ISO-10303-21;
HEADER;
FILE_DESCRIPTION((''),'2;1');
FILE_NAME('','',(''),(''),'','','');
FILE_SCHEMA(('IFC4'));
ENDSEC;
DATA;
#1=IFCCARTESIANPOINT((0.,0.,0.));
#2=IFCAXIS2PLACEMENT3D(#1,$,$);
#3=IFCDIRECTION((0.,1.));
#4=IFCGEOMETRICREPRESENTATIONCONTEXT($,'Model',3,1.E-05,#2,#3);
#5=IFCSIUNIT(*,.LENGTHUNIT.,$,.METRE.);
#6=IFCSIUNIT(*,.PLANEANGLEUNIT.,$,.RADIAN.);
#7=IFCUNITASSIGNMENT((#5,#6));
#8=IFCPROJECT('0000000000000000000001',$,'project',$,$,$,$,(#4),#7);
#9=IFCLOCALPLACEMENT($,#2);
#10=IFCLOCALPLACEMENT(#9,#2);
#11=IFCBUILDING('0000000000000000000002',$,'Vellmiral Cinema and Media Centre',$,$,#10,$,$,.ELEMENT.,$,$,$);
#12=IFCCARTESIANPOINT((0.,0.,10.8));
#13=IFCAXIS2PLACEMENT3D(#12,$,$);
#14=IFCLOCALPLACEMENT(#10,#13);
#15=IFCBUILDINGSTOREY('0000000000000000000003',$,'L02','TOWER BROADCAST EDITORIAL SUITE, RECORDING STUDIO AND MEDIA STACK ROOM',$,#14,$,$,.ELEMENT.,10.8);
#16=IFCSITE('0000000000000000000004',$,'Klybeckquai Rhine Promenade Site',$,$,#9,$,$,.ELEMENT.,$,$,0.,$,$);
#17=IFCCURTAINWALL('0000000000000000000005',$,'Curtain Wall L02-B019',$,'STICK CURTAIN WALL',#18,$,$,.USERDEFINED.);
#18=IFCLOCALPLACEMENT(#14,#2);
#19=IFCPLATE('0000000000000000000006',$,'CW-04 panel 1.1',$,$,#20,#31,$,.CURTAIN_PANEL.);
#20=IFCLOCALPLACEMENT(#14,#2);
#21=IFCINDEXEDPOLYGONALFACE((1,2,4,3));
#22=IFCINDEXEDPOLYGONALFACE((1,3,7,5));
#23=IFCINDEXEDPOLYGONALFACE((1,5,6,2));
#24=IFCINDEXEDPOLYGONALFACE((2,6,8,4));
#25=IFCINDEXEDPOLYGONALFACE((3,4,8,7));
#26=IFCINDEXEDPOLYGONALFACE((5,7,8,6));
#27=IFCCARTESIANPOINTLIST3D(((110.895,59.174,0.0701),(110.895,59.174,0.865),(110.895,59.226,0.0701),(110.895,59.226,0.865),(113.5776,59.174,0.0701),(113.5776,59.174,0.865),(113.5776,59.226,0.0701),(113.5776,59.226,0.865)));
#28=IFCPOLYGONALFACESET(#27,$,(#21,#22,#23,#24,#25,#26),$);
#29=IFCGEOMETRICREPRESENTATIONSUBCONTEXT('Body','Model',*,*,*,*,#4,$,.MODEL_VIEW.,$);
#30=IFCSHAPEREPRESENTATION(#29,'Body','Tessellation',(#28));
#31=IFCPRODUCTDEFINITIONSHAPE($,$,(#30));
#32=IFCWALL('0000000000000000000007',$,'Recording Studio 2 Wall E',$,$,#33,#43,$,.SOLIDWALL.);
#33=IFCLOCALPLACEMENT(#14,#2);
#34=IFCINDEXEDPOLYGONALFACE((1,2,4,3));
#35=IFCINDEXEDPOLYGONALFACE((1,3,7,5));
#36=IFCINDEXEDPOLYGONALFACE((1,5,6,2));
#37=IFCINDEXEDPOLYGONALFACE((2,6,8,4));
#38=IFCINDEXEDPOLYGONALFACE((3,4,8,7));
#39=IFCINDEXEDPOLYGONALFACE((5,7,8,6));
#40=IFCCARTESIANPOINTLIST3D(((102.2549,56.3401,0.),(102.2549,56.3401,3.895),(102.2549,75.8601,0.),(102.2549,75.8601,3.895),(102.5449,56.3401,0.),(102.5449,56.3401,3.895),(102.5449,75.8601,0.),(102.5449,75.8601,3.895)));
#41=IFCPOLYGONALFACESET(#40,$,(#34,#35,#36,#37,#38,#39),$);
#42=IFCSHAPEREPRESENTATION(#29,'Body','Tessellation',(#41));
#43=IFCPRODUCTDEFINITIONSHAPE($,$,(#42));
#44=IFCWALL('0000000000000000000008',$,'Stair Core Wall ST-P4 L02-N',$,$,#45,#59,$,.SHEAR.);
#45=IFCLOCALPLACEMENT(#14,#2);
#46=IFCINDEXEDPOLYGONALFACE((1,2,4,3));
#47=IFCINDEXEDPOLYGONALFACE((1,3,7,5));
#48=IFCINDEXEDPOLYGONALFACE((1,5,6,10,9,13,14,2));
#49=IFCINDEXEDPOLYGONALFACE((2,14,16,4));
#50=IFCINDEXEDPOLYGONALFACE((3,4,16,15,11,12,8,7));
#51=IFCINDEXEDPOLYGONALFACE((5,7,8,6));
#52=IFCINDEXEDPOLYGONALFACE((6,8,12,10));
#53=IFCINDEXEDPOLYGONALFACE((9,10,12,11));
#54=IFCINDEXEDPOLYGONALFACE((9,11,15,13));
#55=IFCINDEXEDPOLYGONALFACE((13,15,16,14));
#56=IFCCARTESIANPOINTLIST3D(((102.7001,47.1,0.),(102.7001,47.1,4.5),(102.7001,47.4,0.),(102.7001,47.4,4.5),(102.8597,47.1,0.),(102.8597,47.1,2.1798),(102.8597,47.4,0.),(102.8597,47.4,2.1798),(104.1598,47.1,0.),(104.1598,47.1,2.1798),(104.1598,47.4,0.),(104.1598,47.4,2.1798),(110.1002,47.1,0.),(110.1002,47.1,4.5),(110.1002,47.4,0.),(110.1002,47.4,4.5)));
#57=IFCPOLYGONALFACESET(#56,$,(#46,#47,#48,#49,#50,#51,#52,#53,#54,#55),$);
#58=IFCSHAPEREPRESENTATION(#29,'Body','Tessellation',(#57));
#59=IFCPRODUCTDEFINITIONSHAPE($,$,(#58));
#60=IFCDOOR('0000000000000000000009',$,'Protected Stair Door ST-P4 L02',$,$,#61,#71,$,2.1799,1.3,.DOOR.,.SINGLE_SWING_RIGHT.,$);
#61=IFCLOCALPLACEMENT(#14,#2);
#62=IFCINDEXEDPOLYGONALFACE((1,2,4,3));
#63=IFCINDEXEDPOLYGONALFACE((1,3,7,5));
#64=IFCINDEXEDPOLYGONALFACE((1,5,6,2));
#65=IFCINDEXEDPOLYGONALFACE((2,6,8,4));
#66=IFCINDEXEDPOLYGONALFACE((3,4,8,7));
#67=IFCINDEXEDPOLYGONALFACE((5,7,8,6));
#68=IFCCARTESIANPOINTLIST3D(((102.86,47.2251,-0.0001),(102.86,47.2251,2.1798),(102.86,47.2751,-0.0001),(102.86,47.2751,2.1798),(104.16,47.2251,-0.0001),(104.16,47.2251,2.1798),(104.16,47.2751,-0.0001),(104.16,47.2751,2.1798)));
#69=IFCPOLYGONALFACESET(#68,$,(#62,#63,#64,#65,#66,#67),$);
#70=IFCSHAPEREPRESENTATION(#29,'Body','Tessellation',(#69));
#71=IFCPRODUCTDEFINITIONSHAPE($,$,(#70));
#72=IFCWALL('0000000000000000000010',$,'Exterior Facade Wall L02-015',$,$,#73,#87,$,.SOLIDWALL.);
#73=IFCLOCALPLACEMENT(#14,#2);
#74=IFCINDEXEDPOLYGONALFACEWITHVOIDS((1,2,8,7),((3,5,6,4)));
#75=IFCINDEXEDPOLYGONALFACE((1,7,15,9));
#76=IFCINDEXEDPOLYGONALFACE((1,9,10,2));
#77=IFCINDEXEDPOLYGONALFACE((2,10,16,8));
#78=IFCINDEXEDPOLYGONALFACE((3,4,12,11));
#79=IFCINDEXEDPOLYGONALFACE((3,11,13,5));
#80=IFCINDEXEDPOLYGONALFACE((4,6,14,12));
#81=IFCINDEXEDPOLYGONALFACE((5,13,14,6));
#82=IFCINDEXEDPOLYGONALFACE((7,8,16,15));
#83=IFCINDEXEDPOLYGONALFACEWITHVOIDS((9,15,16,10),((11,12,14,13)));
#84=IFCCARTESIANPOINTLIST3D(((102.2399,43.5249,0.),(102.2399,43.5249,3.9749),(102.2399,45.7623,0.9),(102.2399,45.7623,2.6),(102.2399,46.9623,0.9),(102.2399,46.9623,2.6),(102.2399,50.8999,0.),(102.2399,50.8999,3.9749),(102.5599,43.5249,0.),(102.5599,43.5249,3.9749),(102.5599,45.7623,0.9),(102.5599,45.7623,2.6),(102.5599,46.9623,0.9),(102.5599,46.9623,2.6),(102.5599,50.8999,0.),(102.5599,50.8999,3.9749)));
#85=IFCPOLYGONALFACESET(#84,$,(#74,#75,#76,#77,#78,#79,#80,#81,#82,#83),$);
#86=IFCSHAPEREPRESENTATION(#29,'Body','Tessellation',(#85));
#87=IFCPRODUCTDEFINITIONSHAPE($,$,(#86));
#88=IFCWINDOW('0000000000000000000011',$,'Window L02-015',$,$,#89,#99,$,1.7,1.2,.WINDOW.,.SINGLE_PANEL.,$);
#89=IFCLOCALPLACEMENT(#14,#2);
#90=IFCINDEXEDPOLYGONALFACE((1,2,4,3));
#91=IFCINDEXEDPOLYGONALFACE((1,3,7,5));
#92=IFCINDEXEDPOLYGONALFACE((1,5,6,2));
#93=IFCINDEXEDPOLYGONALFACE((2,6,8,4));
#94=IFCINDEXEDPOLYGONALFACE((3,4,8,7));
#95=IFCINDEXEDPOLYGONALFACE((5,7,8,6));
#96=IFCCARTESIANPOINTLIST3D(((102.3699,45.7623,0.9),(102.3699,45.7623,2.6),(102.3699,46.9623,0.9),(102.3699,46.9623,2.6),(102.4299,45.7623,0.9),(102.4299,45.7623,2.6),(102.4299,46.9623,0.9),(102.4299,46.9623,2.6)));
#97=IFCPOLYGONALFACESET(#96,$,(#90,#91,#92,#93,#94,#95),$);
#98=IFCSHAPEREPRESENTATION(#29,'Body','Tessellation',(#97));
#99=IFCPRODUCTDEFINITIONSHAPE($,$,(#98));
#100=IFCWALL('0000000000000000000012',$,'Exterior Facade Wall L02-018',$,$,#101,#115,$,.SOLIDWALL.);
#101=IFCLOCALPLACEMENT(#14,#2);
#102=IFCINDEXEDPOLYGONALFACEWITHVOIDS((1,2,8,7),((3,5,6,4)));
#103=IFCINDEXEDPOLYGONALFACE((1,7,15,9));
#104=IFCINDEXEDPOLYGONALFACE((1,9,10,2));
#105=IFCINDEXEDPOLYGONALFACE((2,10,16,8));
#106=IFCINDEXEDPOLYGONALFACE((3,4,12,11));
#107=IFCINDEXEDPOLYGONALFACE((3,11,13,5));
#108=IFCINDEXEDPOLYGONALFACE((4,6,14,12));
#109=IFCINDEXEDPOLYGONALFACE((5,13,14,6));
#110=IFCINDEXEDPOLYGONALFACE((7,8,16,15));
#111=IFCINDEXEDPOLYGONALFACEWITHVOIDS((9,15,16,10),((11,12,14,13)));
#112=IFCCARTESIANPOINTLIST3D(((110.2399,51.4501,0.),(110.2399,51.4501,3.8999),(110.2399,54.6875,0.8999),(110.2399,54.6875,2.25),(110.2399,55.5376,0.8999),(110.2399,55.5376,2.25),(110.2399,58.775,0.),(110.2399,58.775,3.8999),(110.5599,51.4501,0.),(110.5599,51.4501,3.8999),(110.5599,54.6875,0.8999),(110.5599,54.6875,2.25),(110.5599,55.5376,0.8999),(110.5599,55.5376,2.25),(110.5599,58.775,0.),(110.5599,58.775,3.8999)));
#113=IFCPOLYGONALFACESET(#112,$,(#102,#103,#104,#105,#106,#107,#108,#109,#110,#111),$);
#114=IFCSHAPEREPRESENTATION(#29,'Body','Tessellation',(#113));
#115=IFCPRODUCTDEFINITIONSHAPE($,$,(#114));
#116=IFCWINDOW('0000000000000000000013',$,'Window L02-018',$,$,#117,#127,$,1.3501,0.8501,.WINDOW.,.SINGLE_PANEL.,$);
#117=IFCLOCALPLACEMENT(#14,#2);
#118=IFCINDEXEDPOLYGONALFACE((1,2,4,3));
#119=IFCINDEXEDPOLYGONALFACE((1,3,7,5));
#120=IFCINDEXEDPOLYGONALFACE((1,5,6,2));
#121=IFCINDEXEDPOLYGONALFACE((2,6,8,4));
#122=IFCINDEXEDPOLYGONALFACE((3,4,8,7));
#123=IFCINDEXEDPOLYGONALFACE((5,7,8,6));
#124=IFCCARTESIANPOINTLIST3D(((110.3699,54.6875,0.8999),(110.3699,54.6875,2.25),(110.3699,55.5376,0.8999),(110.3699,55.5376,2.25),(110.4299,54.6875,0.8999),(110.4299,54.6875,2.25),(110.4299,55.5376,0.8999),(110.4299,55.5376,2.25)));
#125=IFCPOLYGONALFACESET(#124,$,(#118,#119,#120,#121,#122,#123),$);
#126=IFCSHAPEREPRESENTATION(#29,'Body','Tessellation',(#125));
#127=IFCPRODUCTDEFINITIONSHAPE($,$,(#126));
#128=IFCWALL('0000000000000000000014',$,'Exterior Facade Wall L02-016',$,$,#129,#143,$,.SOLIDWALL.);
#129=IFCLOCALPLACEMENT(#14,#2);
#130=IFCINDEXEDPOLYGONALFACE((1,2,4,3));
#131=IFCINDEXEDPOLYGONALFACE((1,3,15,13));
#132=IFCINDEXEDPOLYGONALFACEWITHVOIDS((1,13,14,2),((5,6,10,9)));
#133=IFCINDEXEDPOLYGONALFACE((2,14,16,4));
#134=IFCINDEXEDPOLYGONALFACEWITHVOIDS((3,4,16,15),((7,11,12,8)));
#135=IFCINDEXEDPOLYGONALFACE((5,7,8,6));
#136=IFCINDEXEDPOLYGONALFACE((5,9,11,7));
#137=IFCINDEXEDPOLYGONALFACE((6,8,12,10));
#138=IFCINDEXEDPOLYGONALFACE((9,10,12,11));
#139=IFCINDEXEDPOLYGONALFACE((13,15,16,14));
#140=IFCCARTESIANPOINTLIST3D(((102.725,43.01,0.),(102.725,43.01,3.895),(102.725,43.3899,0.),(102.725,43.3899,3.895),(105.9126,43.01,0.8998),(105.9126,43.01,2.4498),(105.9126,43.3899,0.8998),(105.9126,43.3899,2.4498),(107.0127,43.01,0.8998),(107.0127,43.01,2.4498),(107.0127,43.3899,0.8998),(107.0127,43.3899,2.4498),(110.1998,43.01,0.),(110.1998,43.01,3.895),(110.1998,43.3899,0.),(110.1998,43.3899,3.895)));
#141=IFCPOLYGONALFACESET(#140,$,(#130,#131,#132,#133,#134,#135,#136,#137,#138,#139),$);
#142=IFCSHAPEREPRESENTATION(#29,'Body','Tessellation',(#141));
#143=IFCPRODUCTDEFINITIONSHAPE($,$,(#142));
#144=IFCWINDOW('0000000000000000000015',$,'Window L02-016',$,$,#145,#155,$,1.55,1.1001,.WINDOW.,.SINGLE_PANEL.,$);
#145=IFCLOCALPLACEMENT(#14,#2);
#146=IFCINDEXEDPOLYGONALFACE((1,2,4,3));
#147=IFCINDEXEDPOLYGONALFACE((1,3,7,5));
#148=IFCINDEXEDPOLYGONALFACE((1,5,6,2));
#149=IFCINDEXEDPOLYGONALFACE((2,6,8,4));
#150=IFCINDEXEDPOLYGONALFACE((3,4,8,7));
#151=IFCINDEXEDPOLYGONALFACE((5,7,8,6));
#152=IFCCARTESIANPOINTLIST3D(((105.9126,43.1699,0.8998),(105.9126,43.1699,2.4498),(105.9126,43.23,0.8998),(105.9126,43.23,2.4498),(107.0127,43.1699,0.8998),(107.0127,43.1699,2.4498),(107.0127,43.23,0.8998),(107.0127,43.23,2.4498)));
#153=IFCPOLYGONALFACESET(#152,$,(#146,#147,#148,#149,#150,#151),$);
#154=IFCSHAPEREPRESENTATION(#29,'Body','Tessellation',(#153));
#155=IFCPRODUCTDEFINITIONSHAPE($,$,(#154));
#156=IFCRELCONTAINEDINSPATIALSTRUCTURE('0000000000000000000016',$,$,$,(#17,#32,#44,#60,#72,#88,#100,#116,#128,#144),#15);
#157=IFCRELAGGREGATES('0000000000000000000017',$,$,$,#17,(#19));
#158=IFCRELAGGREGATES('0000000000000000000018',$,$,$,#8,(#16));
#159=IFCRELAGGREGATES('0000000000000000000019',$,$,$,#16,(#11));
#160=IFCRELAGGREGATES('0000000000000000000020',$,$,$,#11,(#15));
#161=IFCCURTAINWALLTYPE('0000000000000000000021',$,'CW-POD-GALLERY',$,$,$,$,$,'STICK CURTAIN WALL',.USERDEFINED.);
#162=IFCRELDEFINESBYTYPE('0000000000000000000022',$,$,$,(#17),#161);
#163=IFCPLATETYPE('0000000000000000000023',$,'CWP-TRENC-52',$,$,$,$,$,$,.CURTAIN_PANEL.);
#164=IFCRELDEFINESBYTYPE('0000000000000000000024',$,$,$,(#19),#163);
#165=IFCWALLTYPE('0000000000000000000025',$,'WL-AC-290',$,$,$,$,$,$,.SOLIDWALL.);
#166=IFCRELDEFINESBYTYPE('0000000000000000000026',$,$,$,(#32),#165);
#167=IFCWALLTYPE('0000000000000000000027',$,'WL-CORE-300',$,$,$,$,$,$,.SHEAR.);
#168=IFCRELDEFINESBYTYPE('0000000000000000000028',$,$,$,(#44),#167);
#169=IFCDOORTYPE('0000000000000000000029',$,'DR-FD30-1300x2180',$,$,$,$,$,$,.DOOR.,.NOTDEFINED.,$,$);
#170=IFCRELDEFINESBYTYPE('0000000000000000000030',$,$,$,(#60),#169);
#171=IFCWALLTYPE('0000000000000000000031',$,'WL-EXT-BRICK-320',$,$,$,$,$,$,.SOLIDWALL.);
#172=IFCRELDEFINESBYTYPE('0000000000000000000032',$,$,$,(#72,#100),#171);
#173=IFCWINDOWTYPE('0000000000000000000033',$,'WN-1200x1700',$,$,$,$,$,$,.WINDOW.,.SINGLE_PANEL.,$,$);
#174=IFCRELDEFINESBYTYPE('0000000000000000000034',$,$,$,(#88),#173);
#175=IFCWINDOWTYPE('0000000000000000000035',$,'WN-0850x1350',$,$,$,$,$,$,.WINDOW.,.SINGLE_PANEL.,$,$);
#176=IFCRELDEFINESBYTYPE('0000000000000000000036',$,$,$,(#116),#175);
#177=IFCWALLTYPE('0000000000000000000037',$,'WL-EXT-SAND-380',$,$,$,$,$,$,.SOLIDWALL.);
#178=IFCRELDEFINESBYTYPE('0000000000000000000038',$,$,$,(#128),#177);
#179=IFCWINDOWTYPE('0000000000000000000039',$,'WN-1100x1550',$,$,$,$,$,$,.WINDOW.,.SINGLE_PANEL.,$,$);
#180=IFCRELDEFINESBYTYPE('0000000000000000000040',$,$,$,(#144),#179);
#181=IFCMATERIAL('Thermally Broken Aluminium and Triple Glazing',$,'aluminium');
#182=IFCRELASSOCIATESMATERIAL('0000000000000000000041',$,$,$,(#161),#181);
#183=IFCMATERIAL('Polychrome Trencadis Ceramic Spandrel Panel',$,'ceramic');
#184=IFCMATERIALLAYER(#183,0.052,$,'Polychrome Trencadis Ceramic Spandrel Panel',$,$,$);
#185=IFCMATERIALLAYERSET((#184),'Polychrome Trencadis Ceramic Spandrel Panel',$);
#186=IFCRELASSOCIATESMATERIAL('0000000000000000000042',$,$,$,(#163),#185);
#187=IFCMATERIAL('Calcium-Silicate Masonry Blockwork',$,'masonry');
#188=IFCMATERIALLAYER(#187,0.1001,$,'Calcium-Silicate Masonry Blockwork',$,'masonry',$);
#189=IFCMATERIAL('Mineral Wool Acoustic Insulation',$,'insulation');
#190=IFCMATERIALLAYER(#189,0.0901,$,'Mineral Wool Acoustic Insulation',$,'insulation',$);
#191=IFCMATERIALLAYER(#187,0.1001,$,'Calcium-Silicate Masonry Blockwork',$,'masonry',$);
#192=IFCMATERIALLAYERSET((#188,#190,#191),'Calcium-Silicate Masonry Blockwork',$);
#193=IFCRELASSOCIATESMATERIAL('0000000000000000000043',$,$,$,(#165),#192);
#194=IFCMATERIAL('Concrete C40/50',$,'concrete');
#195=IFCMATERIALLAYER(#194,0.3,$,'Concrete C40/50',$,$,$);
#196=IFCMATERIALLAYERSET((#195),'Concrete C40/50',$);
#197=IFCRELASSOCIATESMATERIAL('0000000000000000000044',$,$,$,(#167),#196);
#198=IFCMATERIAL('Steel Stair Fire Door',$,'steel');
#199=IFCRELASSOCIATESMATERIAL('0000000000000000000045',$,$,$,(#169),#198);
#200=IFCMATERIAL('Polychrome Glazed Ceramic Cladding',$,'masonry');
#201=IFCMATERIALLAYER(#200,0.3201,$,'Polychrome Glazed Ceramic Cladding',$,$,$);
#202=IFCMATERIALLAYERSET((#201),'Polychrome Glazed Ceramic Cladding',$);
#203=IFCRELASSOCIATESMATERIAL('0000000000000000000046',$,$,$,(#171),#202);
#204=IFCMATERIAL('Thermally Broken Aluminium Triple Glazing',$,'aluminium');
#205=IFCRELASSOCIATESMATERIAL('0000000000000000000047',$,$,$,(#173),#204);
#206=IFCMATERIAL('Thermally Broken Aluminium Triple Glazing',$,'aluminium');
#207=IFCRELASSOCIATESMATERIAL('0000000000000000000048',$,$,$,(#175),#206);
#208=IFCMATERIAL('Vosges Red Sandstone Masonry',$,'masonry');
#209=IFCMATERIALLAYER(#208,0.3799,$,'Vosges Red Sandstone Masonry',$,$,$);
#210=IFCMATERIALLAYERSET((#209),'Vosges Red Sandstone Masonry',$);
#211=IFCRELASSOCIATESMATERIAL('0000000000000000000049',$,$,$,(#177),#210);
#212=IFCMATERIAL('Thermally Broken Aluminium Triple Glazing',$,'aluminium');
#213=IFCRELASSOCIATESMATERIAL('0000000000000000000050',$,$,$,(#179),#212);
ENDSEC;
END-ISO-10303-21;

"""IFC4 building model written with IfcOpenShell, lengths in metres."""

from ifc_helpers import new_model, si_unit, direction, frame, frame_2d, origin, origin_2d, place, context, subcontext, project, spatial, rectangle, extrude, material, layer, layer_set, type_object, element, fill, aggregate, save


model = new_model("IFC4")

# Units and contexts
model_context = context("Model", 3, precision=1e-05, world=origin(), true_north=direction((0.0, 1.0)))
body_context = subcontext(model_context, "Body", "Model", "MODEL_VIEW")
ifc_project = project(units=[si_unit("LENGTHUNIT", "METRE"), si_unit("PLANEANGLEUNIT", "RADIAN")], contexts=[model_context])

# Site, building, storey
site_placement = place(None, origin())
site = spatial("IfcSite", under=ifc_project, at=site_placement, Name="Klybeckquai Rhine Promenade Site", CompositionType="ELEMENT", RefElevation=0.0)
building_placement = place(site_placement, origin())
building = spatial("IfcBuilding", under=site, at=building_placement, Name="Vellmiral Cinema and Media Centre", CompositionType="ELEMENT")
storey_placement = place(building_placement, frame((0.0, 0.0, 10.8)))
storey = spatial("IfcBuildingStorey", under=building, at=storey_placement, Name="L02", Description="TOWER BROADCAST EDITORIAL SUITE, RECORDING STUDIO AND MEDIA STACK ROOM", CompositionType="ELEMENT", Elevation=10.8)

# Curtain wall
ifc_material_1 = material(Name="Thermally Broken Aluminium and Triple Glazing", Category="aluminium")
curtain_wall_type = type_object("IfcCurtainWallType", Name="CW-POD-GALLERY", ElementType="STICK CURTAIN WALL", PredefinedType="USERDEFINED", material=ifc_material_1)
curtain_wall_placement = place(storey_placement, origin())
curtain_wall = element("IfcCurtainWall", 1, at=curtain_wall_placement, inside=storey, type_object=curtain_wall_type, Name="Curtain Wall L02-B019", ObjectType="STICK CURTAIN WALL", PredefinedType="USERDEFINED")

# Plate
ifc_material_2 = material(Name="Polychrome Trencadis Ceramic Spandrel Panel", Category="ceramic")
ifc_layer_1 = layer(ifc_material_2, 0.052, Name="Polychrome Trencadis Ceramic Spandrel Panel")
ifc_layer_set_1 = layer_set([ifc_layer_1], Name="Polychrome Trencadis Ceramic Spandrel Panel")
plate_type = type_object("IfcPlateType", Name="CWP-TRENC-52", PredefinedType="CURTAIN_PANEL", material=ifc_layer_set_1)
plate_placement = place(storey_placement, frame((112.2363, 59.2, 0.0701), z_axis=(0.0, 0.0, 1.0), x_axis=(1.0, 0.0, 0.0)))
plate = element("IfcPlate", 2, at=plate_placement, type_object=plate_type, Name="CW-04 panel 1.1", PredefinedType="CURTAIN_PANEL", context=body_context, shape_type="SweptSolid", body=[
    extrude(rectangle(XDim=2.6826, YDim=0.052, at=origin_2d()), origin(), (0.0, 0.0, 1.0), 0.7949),
])
aggregate(curtain_wall, [plate])

# Wall
ifc_material_3 = material(Name="Calcium-Silicate Masonry Blockwork", Category="masonry")
ifc_layer_2 = layer(ifc_material_3, 0.1001, Name="Calcium-Silicate Masonry Blockwork", Category="masonry")
ifc_material_4 = material(Name="Mineral Wool Acoustic Insulation", Category="insulation")
ifc_layer_3 = layer(ifc_material_4, 0.0901, Name="Mineral Wool Acoustic Insulation", Category="insulation")
ifc_layer_4 = layer(ifc_material_3, 0.1001, Name="Calcium-Silicate Masonry Blockwork", Category="masonry")
ifc_layer_set_2 = layer_set([ifc_layer_2, ifc_layer_3, ifc_layer_4], Name="Calcium-Silicate Masonry Blockwork")
wall_type_1 = type_object("IfcWallType", Name="WL-AC-290", PredefinedType="SOLIDWALL", material=ifc_layer_set_2)
wall_1_placement = place(storey_placement, frame((102.3999, 56.3401, 0.0), z_axis=(0.0, 0.0, 1.0), x_axis=(0.0, 1.0, 0.0)))
element("IfcWall", 3, at=wall_1_placement, inside=storey, type_object=wall_type_1, Name="Recording Studio 2 Wall E", PredefinedType="SOLIDWALL", context=body_context, shape_type="SweptSolid", body=[
    extrude(rectangle(XDim=19.52, YDim=0.29, at=frame_2d((9.76, 0.0))), origin(), (0.0, 0.0, 1.0), 3.895),
])

# Wall, opening, door
ifc_material_5 = material(Name="Concrete C40/50", Category="concrete")
ifc_layer_5 = layer(ifc_material_5, 0.3, Name="Concrete C40/50")
ifc_layer_set_3 = layer_set([ifc_layer_5], Name="Concrete C40/50")
wall_type_2 = type_object("IfcWallType", Name="WL-CORE-300", PredefinedType="SHEAR", material=ifc_layer_set_3)
wall_2_placement = place(storey_placement, frame((102.7, 47.25, 0.0), z_axis=(0.0, 0.0, 1.0), x_axis=(1.0, 0.0, 0.0)))
wall_2 = element("IfcWall", 4, at=wall_2_placement, inside=storey, type_object=wall_type_2, Name="Stair Core Wall ST-P4 L02-N", PredefinedType="SHEAR", context=body_context, shape_type="SweptSolid", body=[
    extrude(rectangle(XDim=7.4001, YDim=0.3, at=frame_2d((3.7002, 0.0))), origin(), (0.0, 0.0, 1.0), 4.5),
])
opening_1_placement = place(wall_2_placement, frame((0.1599, 0.0, 0.0)))
opening_1 = element("IfcOpeningElement", 5, at=opening_1_placement, cuts=wall_2, PredefinedType="OPENING", context=body_context, shape_type="SweptSolid", body=[
    extrude(rectangle(XDim=1.3, YDim=2.1799, at=frame_2d((0.6499, 1.0898))), frame((0.0, 0.1621, 0.0), z_axis=(0.0, -1.0, 0.0), x_axis=(1.0, 0.0, 0.0)), (0.0, 0.0, 1.0), 0.324),
])
ifc_material_6 = material(Name="Steel Stair Fire Door", Category="steel")
door_type_1 = type_object("IfcDoorType", Name="DR-FD30-1300x2180", OperationType="NOTDEFINED", PredefinedType="DOOR", material=ifc_material_6)
door_1_placement = place(opening_1_placement, frame((1.3, 0.0, 0.0), z_axis=(0.0, 0.0, 1.0), x_axis=(-1.0, 0.0, 0.0)))
door_1 = element("IfcDoor", 6, at=door_1_placement, inside=storey, type_object=door_type_1, Name="Protected Stair Door ST-P4 L02", OperationType="SINGLE_SWING_RIGHT", OverallHeight=2.1799, OverallWidth=1.3, PredefinedType="DOOR", context=body_context, shape_type="SweptSolid", body=[
    extrude(rectangle(XDim=1.3, YDim=2.1799, at=frame_2d((0.6499, 1.0898))), frame((0.0, 0.0249, 0.0), z_axis=(0.0, -1.0, 0.0), x_axis=(1.0, 0.0, 0.0)), (0.0, 0.0, 1.0), 0.05),
])
fill(opening_1, door_1)

# Walls, openings, windows
ifc_material_7 = material(Name="Polychrome Glazed Ceramic Cladding", Category="masonry")
ifc_layer_6 = layer(ifc_material_7, 0.3201, Name="Polychrome Glazed Ceramic Cladding")
ifc_layer_set_4 = layer_set([ifc_layer_6], Name="Polychrome Glazed Ceramic Cladding")
wall_type_3 = type_object("IfcWallType", Name="WL-EXT-BRICK-320", PredefinedType="SOLIDWALL", material=ifc_layer_set_4)
wall_3_placement = place(storey_placement, frame((102.3999, 50.8999, 0.0), z_axis=(0.0, 0.0, 1.0), x_axis=(0.0, -1.0, 0.0)))
wall_3 = element("IfcWall", 7, at=wall_3_placement, inside=storey, type_object=wall_type_3, Name="Exterior Facade Wall L02-015", PredefinedType="SOLIDWALL", context=body_context, shape_type="SweptSolid", body=[
    extrude(rectangle(XDim=7.375, YDim=0.3201, at=frame_2d((3.6875, 0.0))), origin(), (0.0, 0.0, 1.0), 3.9749),
])
opening_2_placement = place(wall_3_placement, frame((3.9375, 0.0, 0.8999)))
opening_2 = element("IfcOpeningElement", 8, at=opening_2_placement, cuts=wall_3, PredefinedType="OPENING", context=body_context, shape_type="SweptSolid", body=[
    extrude(rectangle(XDim=1.2, YDim=1.7, at=frame_2d((0.6001, 0.8501))), frame((0.0, 0.1719, 0.0), z_axis=(0.0, -1.0, 0.0), x_axis=(1.0, 0.0, 0.0)), (0.0, 0.0, 1.0), 0.344),
])
ifc_material_8 = material(Name="Thermally Broken Aluminium Triple Glazing", Category="aluminium")
window_type_1 = type_object("IfcWindowType", Name="WN-1200x1700", PartitioningType="SINGLE_PANEL", PredefinedType="WINDOW", material=ifc_material_8)
window_1_placement = place(opening_2_placement, origin())
window_1 = element("IfcWindow", 9, at=window_1_placement, inside=storey, type_object=window_type_1, Name="Window L02-015", OverallHeight=1.7, OverallWidth=1.2, PartitioningType="SINGLE_PANEL", PredefinedType="WINDOW", context=body_context, shape_type="SweptSolid", body=[
    extrude(rectangle(XDim=1.2, YDim=1.7, at=frame_2d((0.6001, 0.8501))), frame((0.0, 0.03, 0.0), z_axis=(0.0, -1.0, 0.0), x_axis=(1.0, 0.0, 0.0)), (0.0, 0.0, 1.0), 0.0601),
])
fill(opening_2, window_1)
wall_4_placement = place(storey_placement, frame((110.3999, 51.45, 0.0), z_axis=(0.0, 0.0, 1.0), x_axis=(0.0, 1.0, 0.0)))
wall_4 = element("IfcWall", 10, at=wall_4_placement, inside=storey, type_object=wall_type_3, Name="Exterior Facade Wall L02-018", PredefinedType="SOLIDWALL", context=body_context, shape_type="SweptSolid", body=[
    extrude(rectangle(XDim=7.325, YDim=0.3201, at=frame_2d((3.6626, 0.0))), origin(), (0.0, 0.0, 1.0), 3.8999),
])
opening_3_placement = place(wall_4_placement, frame((3.2375, 0.0, 0.8999)))
opening_3 = element("IfcOpeningElement", 11, at=opening_3_placement, cuts=wall_4, PredefinedType="OPENING", context=body_context, shape_type="SweptSolid", body=[
    extrude(rectangle(XDim=0.8501, YDim=1.3501, at=frame_2d((0.425, 0.675))), frame((0.0, 0.1719, 0.0), z_axis=(0.0, -1.0, 0.0), x_axis=(1.0, 0.0, 0.0)), (0.0, 0.0, 1.0), 0.344),
])
ifc_material_9 = material(Name="Thermally Broken Aluminium Triple Glazing", Category="aluminium")
window_type_2 = type_object("IfcWindowType", Name="WN-0850x1350", PartitioningType="SINGLE_PANEL", PredefinedType="WINDOW", material=ifc_material_9)
window_2_placement = place(opening_3_placement, origin())
window_2 = element("IfcWindow", 12, at=window_2_placement, inside=storey, type_object=window_type_2, Name="Window L02-018", OverallHeight=1.3501, OverallWidth=0.8501, PartitioningType="SINGLE_PANEL", PredefinedType="WINDOW", context=body_context, shape_type="SweptSolid", body=[
    extrude(rectangle(XDim=0.8501, YDim=1.3501, at=frame_2d((0.425, 0.675))), frame((0.0, 0.03, 0.0), z_axis=(0.0, -1.0, 0.0), x_axis=(1.0, 0.0, 0.0)), (0.0, 0.0, 1.0), 0.0601),
])
fill(opening_3, window_2)
ifc_material_10 = material(Name="Vosges Red Sandstone Masonry", Category="masonry")
ifc_layer_7 = layer(ifc_material_10, 0.3799, Name="Vosges Red Sandstone Masonry")
ifc_layer_set_5 = layer_set([ifc_layer_7], Name="Vosges Red Sandstone Masonry")
wall_type_4 = type_object("IfcWallType", Name="WL-EXT-SAND-380", PredefinedType="SOLIDWALL", material=ifc_layer_set_5)
wall_5_placement = place(storey_placement, frame((102.7251, 43.2, 0.0), z_axis=(0.0, 0.0, 1.0), x_axis=(1.0, 0.0, 0.0)))
wall_5 = element("IfcWall", 13, at=wall_5_placement, inside=storey, type_object=wall_type_4, Name="Exterior Facade Wall L02-016", PredefinedType="SOLIDWALL", context=body_context, shape_type="SweptSolid", body=[
    extrude(rectangle(XDim=7.4749, YDim=0.3799, at=frame_2d((3.7373, 0.0))), origin(), (0.0, 0.0, 1.0), 3.895),
])
opening_4_placement = place(wall_5_placement, frame((3.1875, 0.0, 0.8999)))
opening_4 = element("IfcOpeningElement", 14, at=opening_4_placement, cuts=wall_5, PredefinedType="OPENING", context=body_context, shape_type="SweptSolid", body=[
    extrude(rectangle(XDim=1.1001, YDim=1.55, at=frame_2d((0.55, 0.7749))), frame((0.0, 0.2019, 0.0), z_axis=(0.0, -1.0, 0.0), x_axis=(1.0, 0.0, 0.0)), (0.0, 0.0, 1.0), 0.4038),
])
ifc_material_11 = material(Name="Thermally Broken Aluminium Triple Glazing", Category="aluminium")
window_type_3 = type_object("IfcWindowType", Name="WN-1100x1550", PartitioningType="SINGLE_PANEL", PredefinedType="WINDOW", material=ifc_material_11)
window_3_placement = place(opening_4_placement, origin())
window_3 = element("IfcWindow", 15, at=window_3_placement, inside=storey, type_object=window_type_3, Name="Window L02-016", OverallHeight=1.55, OverallWidth=1.1001, PartitioningType="SINGLE_PANEL", PredefinedType="WINDOW", context=body_context, shape_type="SweptSolid", body=[
    extrude(rectangle(XDim=1.1001, YDim=1.55, at=frame_2d((0.55, 0.7749))), frame((0.0, 0.03, 0.0), z_axis=(0.0, -1.0, 0.0), x_axis=(1.0, 0.0, 0.0)), (0.0, 0.0, 1.0), 0.0601),
])
fill(opening_4, window_3)

save(model, "model.ifc")
